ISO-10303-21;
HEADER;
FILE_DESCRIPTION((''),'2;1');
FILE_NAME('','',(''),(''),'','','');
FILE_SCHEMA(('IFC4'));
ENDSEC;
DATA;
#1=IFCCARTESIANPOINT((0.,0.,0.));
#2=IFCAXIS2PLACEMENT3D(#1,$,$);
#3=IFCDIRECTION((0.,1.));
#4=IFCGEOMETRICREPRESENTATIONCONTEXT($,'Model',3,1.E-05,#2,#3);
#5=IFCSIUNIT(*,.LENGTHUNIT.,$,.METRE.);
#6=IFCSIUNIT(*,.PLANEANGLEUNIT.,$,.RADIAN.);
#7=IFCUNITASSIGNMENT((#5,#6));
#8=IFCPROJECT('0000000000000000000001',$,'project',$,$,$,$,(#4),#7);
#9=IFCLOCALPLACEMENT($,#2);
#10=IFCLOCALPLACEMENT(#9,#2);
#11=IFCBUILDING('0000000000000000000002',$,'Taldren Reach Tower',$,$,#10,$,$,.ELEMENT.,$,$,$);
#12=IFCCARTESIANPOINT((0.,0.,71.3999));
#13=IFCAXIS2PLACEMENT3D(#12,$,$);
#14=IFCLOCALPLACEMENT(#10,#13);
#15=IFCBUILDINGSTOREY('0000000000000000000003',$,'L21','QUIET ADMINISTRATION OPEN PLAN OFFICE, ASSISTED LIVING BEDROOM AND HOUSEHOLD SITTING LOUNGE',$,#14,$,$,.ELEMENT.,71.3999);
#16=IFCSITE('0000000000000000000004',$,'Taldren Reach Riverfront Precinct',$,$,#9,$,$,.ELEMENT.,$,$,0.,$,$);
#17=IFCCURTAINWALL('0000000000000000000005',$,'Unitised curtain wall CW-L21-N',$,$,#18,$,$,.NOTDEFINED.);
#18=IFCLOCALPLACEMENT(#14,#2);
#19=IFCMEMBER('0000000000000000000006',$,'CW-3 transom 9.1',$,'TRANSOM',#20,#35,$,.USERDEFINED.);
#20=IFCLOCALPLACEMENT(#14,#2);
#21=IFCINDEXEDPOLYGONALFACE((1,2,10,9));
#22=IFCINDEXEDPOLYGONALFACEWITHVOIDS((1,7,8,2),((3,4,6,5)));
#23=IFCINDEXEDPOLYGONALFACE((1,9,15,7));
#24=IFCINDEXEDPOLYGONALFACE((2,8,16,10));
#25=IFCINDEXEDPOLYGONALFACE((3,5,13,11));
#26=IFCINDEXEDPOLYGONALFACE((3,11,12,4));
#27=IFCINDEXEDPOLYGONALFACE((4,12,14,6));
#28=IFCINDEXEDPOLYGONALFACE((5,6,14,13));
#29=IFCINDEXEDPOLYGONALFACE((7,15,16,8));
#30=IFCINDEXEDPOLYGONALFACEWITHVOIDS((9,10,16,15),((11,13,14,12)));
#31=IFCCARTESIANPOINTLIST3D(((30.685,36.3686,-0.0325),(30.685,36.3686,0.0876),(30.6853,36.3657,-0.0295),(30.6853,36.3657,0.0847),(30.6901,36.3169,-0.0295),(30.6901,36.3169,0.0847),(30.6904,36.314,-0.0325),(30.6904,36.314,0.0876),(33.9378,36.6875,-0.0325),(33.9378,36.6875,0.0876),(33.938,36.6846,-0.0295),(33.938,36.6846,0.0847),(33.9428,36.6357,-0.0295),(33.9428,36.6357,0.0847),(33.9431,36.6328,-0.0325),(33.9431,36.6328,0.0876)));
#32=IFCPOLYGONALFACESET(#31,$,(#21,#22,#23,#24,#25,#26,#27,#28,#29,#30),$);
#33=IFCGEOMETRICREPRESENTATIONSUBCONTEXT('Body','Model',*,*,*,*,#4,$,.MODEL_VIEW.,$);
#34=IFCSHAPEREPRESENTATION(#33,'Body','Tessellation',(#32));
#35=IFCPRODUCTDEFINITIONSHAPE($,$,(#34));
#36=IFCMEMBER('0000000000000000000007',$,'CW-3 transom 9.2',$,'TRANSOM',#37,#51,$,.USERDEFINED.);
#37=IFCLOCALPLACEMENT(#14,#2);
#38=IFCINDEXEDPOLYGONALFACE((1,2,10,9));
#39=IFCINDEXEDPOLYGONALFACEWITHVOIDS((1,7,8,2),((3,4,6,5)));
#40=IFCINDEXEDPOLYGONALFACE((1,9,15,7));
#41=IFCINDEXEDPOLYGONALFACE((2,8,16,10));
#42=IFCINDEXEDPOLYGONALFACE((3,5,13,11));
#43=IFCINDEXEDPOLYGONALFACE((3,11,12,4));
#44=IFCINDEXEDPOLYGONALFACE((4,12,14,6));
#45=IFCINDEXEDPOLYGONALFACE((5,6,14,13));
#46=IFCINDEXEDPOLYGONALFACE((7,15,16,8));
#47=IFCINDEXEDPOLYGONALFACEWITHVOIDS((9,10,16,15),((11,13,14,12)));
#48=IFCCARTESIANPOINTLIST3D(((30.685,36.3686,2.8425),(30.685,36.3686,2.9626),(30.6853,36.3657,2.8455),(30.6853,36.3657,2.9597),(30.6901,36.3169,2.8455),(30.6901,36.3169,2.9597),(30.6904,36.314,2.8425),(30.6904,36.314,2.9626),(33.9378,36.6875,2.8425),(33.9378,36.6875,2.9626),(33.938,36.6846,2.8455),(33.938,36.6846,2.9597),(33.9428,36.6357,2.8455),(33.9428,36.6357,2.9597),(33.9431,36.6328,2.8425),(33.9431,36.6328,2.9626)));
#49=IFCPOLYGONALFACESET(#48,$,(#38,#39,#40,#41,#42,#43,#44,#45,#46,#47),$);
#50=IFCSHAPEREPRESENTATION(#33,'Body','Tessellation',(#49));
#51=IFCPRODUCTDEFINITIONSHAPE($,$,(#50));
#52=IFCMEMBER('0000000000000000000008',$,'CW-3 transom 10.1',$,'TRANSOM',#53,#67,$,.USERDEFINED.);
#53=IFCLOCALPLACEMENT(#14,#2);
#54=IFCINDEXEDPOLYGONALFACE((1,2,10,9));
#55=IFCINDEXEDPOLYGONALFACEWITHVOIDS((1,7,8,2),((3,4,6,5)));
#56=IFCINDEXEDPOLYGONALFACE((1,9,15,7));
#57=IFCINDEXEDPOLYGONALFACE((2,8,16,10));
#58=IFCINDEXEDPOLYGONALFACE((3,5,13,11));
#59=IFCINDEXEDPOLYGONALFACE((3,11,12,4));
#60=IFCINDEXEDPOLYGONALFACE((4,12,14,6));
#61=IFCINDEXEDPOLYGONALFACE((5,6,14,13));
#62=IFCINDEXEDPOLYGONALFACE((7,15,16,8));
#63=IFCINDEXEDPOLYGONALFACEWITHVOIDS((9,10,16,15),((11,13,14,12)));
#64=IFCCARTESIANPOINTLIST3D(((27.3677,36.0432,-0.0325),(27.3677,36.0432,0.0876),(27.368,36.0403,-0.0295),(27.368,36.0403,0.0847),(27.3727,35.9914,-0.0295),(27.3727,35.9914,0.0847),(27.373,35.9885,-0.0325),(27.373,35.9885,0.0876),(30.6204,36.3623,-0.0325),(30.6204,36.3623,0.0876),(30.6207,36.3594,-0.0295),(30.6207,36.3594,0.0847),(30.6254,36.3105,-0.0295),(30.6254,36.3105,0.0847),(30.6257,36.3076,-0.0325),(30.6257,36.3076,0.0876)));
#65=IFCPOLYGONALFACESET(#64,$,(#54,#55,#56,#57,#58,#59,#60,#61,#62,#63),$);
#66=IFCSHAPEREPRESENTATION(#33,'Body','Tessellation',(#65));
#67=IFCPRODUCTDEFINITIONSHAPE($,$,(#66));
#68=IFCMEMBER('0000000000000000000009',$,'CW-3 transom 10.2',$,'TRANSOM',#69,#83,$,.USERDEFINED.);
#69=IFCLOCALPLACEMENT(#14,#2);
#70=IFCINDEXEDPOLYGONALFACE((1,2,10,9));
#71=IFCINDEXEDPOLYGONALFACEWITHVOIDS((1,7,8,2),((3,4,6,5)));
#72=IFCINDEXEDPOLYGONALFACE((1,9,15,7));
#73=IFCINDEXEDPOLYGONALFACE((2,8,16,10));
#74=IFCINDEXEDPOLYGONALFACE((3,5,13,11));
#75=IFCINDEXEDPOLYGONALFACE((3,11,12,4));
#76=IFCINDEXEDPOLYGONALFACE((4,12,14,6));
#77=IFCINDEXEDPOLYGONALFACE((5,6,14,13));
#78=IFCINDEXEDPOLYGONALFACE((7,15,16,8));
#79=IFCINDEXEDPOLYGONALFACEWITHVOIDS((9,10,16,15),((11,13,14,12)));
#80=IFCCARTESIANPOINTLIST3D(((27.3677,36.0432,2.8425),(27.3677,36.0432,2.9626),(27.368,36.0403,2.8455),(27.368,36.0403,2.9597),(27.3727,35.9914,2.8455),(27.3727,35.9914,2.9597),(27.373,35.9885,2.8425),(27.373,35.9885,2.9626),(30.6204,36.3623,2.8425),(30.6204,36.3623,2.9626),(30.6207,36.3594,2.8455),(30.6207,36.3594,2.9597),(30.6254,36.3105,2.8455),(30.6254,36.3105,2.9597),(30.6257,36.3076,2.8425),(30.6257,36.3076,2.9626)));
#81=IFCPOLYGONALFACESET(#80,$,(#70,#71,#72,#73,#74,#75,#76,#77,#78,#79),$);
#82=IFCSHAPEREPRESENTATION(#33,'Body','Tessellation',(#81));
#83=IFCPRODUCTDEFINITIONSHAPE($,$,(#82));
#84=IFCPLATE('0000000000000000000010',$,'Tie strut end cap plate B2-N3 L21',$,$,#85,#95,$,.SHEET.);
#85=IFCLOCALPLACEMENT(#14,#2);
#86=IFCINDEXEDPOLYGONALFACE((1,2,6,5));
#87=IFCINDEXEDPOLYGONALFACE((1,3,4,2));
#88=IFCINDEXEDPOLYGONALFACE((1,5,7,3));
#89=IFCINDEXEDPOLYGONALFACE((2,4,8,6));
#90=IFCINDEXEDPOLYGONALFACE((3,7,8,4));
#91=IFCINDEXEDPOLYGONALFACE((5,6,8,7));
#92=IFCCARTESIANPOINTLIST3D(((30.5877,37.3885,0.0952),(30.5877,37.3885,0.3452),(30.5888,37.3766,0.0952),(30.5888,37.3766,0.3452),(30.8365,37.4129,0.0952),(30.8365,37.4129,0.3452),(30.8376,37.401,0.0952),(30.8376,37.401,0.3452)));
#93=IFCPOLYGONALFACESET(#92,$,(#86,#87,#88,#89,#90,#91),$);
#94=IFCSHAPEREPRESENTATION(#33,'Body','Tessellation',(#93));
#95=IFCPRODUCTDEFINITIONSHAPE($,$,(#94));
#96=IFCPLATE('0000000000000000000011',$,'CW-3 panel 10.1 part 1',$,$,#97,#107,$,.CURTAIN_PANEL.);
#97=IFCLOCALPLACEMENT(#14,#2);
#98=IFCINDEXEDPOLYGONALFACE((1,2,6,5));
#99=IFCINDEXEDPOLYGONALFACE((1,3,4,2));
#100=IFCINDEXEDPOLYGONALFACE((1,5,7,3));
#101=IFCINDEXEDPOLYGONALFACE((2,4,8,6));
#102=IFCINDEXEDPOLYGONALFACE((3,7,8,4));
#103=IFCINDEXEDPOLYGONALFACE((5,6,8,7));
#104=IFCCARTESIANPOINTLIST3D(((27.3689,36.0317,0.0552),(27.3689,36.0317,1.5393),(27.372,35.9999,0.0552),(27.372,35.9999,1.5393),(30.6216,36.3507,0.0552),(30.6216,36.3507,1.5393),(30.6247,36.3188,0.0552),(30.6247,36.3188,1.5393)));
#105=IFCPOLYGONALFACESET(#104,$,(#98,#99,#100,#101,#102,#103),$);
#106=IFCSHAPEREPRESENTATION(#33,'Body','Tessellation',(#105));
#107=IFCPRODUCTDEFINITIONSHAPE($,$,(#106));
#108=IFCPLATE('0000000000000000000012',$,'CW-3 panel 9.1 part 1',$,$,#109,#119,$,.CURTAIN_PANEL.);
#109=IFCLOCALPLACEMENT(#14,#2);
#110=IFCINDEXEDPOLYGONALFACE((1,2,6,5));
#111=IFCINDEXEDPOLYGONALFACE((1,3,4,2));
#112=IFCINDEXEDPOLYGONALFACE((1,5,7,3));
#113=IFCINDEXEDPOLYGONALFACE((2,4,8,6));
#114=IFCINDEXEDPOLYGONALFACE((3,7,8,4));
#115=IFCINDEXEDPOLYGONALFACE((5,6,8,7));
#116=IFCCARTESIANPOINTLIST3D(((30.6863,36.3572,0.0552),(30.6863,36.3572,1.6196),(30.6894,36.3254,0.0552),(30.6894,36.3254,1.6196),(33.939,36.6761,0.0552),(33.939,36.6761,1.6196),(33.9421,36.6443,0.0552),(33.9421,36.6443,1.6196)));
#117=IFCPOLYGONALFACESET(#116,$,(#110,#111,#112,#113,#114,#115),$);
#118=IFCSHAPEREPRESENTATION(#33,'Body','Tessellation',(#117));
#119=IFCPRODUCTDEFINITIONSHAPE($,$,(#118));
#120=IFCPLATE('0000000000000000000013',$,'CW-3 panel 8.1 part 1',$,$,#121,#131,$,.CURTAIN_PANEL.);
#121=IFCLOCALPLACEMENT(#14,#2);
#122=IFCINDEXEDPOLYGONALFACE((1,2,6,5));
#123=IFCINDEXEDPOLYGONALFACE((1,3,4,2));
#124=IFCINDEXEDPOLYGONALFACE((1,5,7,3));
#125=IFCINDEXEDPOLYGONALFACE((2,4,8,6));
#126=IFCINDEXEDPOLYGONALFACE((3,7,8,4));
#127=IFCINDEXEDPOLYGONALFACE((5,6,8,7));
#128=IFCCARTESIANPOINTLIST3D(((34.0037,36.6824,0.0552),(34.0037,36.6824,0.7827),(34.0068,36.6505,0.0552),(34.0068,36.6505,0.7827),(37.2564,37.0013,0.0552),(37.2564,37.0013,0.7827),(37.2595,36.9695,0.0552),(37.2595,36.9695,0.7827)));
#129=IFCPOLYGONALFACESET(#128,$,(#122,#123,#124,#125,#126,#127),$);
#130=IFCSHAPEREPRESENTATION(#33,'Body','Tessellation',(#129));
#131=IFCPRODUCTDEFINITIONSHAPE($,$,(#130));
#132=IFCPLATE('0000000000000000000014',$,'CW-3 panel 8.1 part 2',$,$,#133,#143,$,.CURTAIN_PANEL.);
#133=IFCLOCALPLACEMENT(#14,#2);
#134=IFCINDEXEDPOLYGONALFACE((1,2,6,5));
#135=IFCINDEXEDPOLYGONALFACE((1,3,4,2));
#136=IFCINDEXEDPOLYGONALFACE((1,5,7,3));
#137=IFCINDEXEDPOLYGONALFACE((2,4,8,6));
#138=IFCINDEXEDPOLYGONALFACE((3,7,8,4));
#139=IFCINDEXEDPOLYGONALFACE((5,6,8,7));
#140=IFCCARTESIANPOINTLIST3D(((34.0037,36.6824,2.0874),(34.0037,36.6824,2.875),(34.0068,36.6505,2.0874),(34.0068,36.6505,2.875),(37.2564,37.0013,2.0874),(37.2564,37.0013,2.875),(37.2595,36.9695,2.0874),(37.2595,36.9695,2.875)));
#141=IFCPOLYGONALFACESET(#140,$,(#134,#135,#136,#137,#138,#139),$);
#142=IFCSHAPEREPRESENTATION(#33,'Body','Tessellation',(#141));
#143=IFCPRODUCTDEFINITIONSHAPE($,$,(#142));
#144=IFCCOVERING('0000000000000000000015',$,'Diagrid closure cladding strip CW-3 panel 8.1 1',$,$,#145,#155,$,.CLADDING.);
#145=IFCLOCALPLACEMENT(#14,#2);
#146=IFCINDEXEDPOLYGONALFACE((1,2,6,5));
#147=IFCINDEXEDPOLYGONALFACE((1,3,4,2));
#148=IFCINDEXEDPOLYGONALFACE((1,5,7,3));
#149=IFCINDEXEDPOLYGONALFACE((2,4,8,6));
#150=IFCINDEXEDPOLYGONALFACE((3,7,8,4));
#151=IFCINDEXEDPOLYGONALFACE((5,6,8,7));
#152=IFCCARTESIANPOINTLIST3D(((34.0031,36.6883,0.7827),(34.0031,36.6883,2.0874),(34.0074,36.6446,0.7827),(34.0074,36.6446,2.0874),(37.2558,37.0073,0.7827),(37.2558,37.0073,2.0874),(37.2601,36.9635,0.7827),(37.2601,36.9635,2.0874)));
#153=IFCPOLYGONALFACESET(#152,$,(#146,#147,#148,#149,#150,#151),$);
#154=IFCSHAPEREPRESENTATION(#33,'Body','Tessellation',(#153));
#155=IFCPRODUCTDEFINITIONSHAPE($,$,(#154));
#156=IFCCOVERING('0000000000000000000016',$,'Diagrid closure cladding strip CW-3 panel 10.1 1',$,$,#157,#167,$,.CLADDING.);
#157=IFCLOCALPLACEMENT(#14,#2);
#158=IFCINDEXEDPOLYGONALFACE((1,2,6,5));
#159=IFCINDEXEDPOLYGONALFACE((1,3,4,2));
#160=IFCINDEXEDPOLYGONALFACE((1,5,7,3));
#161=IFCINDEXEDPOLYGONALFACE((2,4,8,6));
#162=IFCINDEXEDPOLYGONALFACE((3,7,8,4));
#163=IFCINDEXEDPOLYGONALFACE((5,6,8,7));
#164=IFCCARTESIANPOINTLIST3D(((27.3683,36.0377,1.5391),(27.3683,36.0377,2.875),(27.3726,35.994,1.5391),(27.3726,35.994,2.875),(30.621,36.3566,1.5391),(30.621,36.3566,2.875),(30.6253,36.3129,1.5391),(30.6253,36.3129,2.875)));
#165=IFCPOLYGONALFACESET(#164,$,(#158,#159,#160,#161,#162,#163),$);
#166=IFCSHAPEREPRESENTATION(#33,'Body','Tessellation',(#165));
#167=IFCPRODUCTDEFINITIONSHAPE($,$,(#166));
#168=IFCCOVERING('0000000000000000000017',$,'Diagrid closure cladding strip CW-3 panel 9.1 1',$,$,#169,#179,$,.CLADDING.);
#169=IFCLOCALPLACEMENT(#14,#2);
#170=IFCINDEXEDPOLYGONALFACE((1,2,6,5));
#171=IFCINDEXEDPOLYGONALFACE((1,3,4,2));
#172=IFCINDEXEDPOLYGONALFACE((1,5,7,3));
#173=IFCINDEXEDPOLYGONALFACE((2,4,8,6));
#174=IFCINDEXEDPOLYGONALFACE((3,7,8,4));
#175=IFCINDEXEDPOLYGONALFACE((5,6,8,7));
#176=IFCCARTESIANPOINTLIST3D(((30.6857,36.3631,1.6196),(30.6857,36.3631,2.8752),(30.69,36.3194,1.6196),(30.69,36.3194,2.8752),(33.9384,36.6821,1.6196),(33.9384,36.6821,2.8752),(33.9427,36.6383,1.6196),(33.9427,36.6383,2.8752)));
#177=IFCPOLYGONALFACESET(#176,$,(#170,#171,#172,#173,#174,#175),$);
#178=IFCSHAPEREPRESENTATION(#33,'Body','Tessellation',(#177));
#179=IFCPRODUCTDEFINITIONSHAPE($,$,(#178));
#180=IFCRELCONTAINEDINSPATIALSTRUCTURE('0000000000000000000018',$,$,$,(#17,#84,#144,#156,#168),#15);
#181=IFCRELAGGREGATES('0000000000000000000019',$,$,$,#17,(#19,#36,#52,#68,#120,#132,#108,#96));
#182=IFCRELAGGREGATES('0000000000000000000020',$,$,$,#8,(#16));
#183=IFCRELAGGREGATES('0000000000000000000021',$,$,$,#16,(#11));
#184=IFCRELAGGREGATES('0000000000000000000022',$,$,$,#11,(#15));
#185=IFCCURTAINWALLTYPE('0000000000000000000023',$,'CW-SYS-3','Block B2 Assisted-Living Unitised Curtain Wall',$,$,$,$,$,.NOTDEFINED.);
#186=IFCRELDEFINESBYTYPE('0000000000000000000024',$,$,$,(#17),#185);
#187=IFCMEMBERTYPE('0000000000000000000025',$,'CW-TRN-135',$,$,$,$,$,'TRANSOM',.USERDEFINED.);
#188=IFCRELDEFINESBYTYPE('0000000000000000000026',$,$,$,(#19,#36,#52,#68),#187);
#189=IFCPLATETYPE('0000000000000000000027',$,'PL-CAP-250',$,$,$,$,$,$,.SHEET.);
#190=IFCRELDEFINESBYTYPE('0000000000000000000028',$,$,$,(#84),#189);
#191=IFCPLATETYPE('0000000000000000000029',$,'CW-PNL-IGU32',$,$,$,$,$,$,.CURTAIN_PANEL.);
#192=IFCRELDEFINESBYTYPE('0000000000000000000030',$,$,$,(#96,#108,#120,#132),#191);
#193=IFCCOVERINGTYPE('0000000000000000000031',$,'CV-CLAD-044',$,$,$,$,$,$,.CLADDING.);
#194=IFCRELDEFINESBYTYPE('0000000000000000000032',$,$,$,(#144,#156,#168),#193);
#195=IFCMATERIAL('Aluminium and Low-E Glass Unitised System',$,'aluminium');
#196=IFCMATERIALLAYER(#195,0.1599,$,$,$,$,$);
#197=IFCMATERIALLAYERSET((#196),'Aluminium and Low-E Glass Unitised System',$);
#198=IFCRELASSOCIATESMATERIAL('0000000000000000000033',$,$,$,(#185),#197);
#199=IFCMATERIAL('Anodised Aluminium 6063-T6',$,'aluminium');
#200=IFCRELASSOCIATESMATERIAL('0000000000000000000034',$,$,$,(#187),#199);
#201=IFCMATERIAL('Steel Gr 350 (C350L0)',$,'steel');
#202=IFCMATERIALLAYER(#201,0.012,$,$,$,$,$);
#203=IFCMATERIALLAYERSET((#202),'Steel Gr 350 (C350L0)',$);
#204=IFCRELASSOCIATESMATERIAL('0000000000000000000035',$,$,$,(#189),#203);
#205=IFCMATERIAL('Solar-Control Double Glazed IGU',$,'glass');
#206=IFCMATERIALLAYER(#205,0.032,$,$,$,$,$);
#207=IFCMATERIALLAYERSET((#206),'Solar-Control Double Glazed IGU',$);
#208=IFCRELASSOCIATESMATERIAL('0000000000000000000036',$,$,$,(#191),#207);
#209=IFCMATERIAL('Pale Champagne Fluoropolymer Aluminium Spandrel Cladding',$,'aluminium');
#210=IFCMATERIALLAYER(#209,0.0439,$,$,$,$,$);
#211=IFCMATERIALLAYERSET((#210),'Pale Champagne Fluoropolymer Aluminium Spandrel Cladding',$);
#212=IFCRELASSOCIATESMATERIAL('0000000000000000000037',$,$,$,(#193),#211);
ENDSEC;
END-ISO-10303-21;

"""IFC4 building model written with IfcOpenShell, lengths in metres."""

from ifc_helpers import new_model, si_unit, direction, frame, origin, origin_2d, place, context, subcontext, project, spatial, rectangle, hollow_rectangle, extrude, source, transform, mapped, material, layer, layer_set, material_profile, profile_set, type_object, element, aggregate, save


model = new_model("IFC4")

# Units and contexts
model_context = context("Model", 3, precision=1e-05, world=origin(), true_north=direction((0.0, 1.0)))
body_context = subcontext(model_context, "Body", "Model", "MODEL_VIEW")
ifc_project = project(units=[si_unit("LENGTHUNIT", "METRE"), si_unit("PLANEANGLEUNIT", "RADIAN")], contexts=[model_context])

# Site, building, storey
site_placement = place(None, origin())
site = spatial("IfcSite", under=ifc_project, at=site_placement, Name="Taldren Reach Riverfront Precinct", CompositionType="ELEMENT", RefElevation=0.0)
building_placement = place(site_placement, origin())
building = spatial("IfcBuilding", under=site, at=building_placement, Name="Taldren Reach Tower", CompositionType="ELEMENT")
storey_placement = place(building_placement, frame((0.0, 0.0, 71.3999)))
storey = spatial("IfcBuildingStorey", under=building, at=storey_placement, Name="L21", Description="QUIET ADMINISTRATION OPEN PLAN OFFICE, ASSISTED LIVING BEDROOM AND HOUSEHOLD SITTING LOUNGE", CompositionType="ELEMENT", Elevation=71.3999)

# Shared definitions
ifc_material_1 = material(Name="Steel Gr 350 (C350L0)", Category="steel")

# Curtain wall, members
ifc_material_2 = material(Name="Aluminium and Low-E Glass Unitised System", Category="aluminium")
ifc_layer_1 = layer(ifc_material_2, 0.1599)
ifc_layer_set_1 = layer_set([ifc_layer_1], Name="Aluminium and Low-E Glass Unitised System")
curtain_wall_type = type_object("IfcCurtainWallType", Name="CW-SYS-3", Description="Block B2 Assisted-Living Unitised Curtain Wall", PredefinedType="NOTDEFINED", material=ifc_layer_set_1)
curtain_wall_placement = place(storey_placement, origin())
curtain_wall = element("IfcCurtainWall", 1, at=curtain_wall_placement, inside=storey, type_object=curtain_wall_type, Name="Unitised curtain wall CW-L21-N", PredefinedType="NOTDEFINED")
ifc_material_3 = material(Name="Anodised Aluminium 6063-T6", Category="aluminium")
ifc_material_profile_1 = material_profile(ifc_material_3, hollow_rectangle(XDim=0.0549, YDim=0.1201, WallThickness=0.0029, at=origin_2d()), Name="ALU-120x55x3RHS")
ifc_profile_set_1 = profile_set([ifc_material_profile_1], Name="Anodised Aluminium 6063-T6")
member_type_1 = type_object("IfcMemberType", Name="CW-TRN-135", ElementType="TRANSOM", PredefinedType="USERDEFINED", material=ifc_profile_set_1)
shared_shape_1 = source(origin(), body_context, "Body", "SweptSolid", [
    extrude(hollow_rectangle(XDim=0.0549, YDim=0.1201, WallThickness=0.0029, at=origin_2d()), origin(), (0.0, 0.0, 1.0), 3.2683),
])
member_1_placement = place(storey_placement, frame((33.9404, 36.6602, 0.0276), z_axis=(-0.99523, -0.097558, 0.0), x_axis=(0.097558, -0.99523, 0.0)))
member_1 = element("IfcMember", 2, at=member_1_placement, type_object=member_type_1, Name="CW-3 transom 9.1", ObjectType="TRANSOM", PredefinedType="USERDEFINED", context=body_context, shape_type="MappedRepresentation", body=[
    mapped(shared_shape_1, transform((0.0, 0.0, 0.0), scale=1.0)),
])
member_2_placement = place(storey_placement, frame((33.9404, 36.6602, 2.9026), z_axis=(-0.99523, -0.097558, 0.0), x_axis=(0.097558, -0.99523, 0.0)))
member_2 = element("IfcMember", 3, at=member_2_placement, type_object=member_type_1, Name="CW-3 transom 9.2", ObjectType="TRANSOM", PredefinedType="USERDEFINED", context=body_context, shape_type="MappedRepresentation", body=[
    mapped(shared_shape_1, transform((0.0, 0.0, 0.0), scale=1.0)),
])
member_3_placement = place(storey_placement, frame((30.623, 36.335, 0.0276), z_axis=(-0.995223, -0.097632, 0.0), x_axis=(0.097632, -0.995223, 0.0)))
member_3 = element("IfcMember", 4, at=member_3_placement, type_object=member_type_1, Name="CW-3 transom 10.1", ObjectType="TRANSOM", PredefinedType="USERDEFINED", context=body_context, shape_type="MappedRepresentation", body=[
    mapped(shared_shape_1, transform((0.0, 0.0, 0.0), scale=1.0)),
])
member_4_placement = place(storey_placement, frame((30.623, 36.335, 2.9026), z_axis=(-0.995223, -0.097632, 0.0), x_axis=(0.097632, -0.995223, 0.0)))
member_4 = element("IfcMember", 5, at=member_4_placement, type_object=member_type_1, Name="CW-3 transom 10.2", ObjectType="TRANSOM", PredefinedType="USERDEFINED", context=body_context, shape_type="MappedRepresentation", body=[
    mapped(shared_shape_1, transform((0.0, 0.0, 0.0), scale=1.0)),
])

# Plates
ifc_layer_2 = layer(ifc_material_1, 0.012)
ifc_layer_set_2 = layer_set([ifc_layer_2], Name="Steel Gr 350 (C350L0)")
plate_type_1 = type_object("IfcPlateType", Name="PL-CAP-250", PredefinedType="SHEET", material=ifc_layer_set_2)
shared_shape_2 = source(origin(), body_context, "Body", "SweptSolid", [
    extrude(rectangle(XDim=0.25, YDim=0.012, at=origin_2d()), origin(), (0.0, 0.0, 1.0), 0.25),
])
plate_1_placement = place(storey_placement, frame((30.7126, 37.3948, 0.0952), z_axis=(0.0, 0.0, 1.0), x_axis=(0.995227, 0.097583, 0.0)))
element("IfcPlate", 6, at=plate_1_placement, inside=storey, type_object=plate_type_1, Name="Tie strut end cap plate B2-N3 L21", PredefinedType="SHEET", context=body_context, shape_type="MappedRepresentation", body=[
    mapped(shared_shape_2, transform((0.0, 0.0, 0.0), scale=1.0)),
])
ifc_material_4 = material(Name="Solar-Control Double Glazed IGU", Category="glass")
ifc_layer_3 = layer(ifc_material_4, 0.032)
ifc_layer_set_3 = layer_set([ifc_layer_3], Name="Solar-Control Double Glazed IGU")
plate_type_2 = type_object("IfcPlateType", Name="CW-PNL-IGU32", PredefinedType="CURTAIN_PANEL", material=ifc_layer_set_3)
shared_shape_3 = source(origin(), body_context, "Body", "SweptSolid", [
    extrude(rectangle(XDim=3.2683, YDim=0.032, at=origin_2d()), origin(), (0.0, 0.0, 1.0), 1.4841),
])
plate_2_placement = place(storey_placement, frame((28.9968, 36.1753, 0.0552), z_axis=(0.0, 0.0, 1.0), x_axis=(-0.995227, -0.097583, 0.0)))
plate_2 = element("IfcPlate", 7, at=plate_2_placement, type_object=plate_type_2, Name="CW-3 panel 10.1 part 1", PredefinedType="CURTAIN_PANEL", context=body_context, shape_type="MappedRepresentation", body=[
    mapped(shared_shape_3, transform((0.0, 0.0, 0.0), scale=1.0)),
])
shared_shape_4 = source(origin(), body_context, "Body", "SweptSolid", [
    extrude(rectangle(XDim=3.2683, YDim=0.032, at=origin_2d()), origin(), (0.0, 0.0, 1.0), 1.5645),
])
plate_3_placement = place(storey_placement, frame((32.3142, 36.5007, 0.0552), z_axis=(0.0, 0.0, 1.0), x_axis=(-0.995227, -0.097583, 0.0)))
plate_3 = element("IfcPlate", 8, at=plate_3_placement, type_object=plate_type_2, Name="CW-3 panel 9.1 part 1", PredefinedType="CURTAIN_PANEL", context=body_context, shape_type="MappedRepresentation", body=[
    mapped(shared_shape_4, transform((0.0, 0.0, 0.0), scale=1.0)),
])
shared_shape_5 = source(origin(), body_context, "Body", "SweptSolid", [
    extrude(rectangle(XDim=3.2683, YDim=0.032, at=origin_2d()), origin(), (0.0, 0.0, 1.0), 0.7275),
])
plate_4_placement = place(storey_placement, frame((35.6316, 36.8259, 0.0552), z_axis=(0.0, 0.0, 1.0), x_axis=(-0.995227, -0.097583, 0.0)))
plate_4 = element("IfcPlate", 9, at=plate_4_placement, type_object=plate_type_2, Name="CW-3 panel 8.1 part 1", PredefinedType="CURTAIN_PANEL", context=body_context, shape_type="MappedRepresentation", body=[
    mapped(shared_shape_5, transform((0.0, 0.0, 0.0), scale=1.0)),
])
shared_shape_6 = source(origin(), body_context, "Body", "SweptSolid", [
    extrude(rectangle(XDim=3.2683, YDim=0.032, at=origin_2d()), origin(), (0.0, 0.0, 1.0), 0.7876),
])
plate_5_placement = place(storey_placement, frame((35.6316, 36.8259, 2.0874), z_axis=(0.0, 0.0, 1.0), x_axis=(-0.995227, -0.097583, 0.0)))
plate_5 = element("IfcPlate", 10, at=plate_5_placement, type_object=plate_type_2, Name="CW-3 panel 8.1 part 2", PredefinedType="CURTAIN_PANEL", context=body_context, shape_type="MappedRepresentation", body=[
    mapped(shared_shape_6, transform((0.0, 0.0, 0.0), scale=1.0)),
])
aggregate(curtain_wall, [member_1, member_2, member_3, member_4, plate_4, plate_5, plate_3, plate_2])

# Coverings
ifc_material_5 = material(Name="Pale Champagne Fluoropolymer Aluminium Spandrel Cladding", Category="aluminium")
ifc_layer_4 = layer(ifc_material_5, 0.0439)
ifc_layer_set_4 = layer_set([ifc_layer_4], Name="Pale Champagne Fluoropolymer Aluminium Spandrel Cladding")
covering_type = type_object("IfcCoveringType", Name="CV-CLAD-044", PredefinedType="CLADDING", material=ifc_layer_set_4)
shared_shape_7 = source(origin(), body_context, "Body", "SweptSolid", [
    extrude(rectangle(XDim=3.2683, YDim=0.0439, at=origin_2d()), origin(), (0.0, 0.0, 1.0), 1.3047),
])
covering_1_placement = place(storey_placement, frame((35.6316, 36.8259, 0.7827), z_axis=(0.0, 0.0, 1.0), x_axis=(-0.995227, -0.097583, 0.0)))
element("IfcCovering", 11, at=covering_1_placement, inside=storey, type_object=covering_type, Name="Diagrid closure cladding strip CW-3 panel 8.1 1", PredefinedType="CLADDING", context=body_context, shape_type="MappedRepresentation", body=[
    mapped(shared_shape_7, transform((0.0, 0.0, 0.0), scale=1.0)),
])
shared_shape_8 = source(origin(), body_context, "Body", "SweptSolid", [
    extrude(rectangle(XDim=3.2683, YDim=0.0439, at=origin_2d()), origin(), (0.0, 0.0, 1.0), 1.3359),
])
covering_2_placement = place(storey_placement, frame((28.9968, 36.1753, 1.5391), z_axis=(0.0, 0.0, 1.0), x_axis=(-0.995227, -0.097583, 0.0)))
element("IfcCovering", 12, at=covering_2_placement, inside=storey, type_object=covering_type, Name="Diagrid closure cladding strip CW-3 panel 10.1 1", PredefinedType="CLADDING", context=body_context, shape_type="MappedRepresentation", body=[
    mapped(shared_shape_8, transform((0.0, 0.0, 0.0), scale=1.0)),
])
shared_shape_9 = source(origin(), body_context, "Body", "SweptSolid", [
    extrude(rectangle(XDim=3.2683, YDim=0.0439, at=origin_2d()), origin(), (0.0, 0.0, 1.0), 1.2556),
])
covering_3_placement = place(storey_placement, frame((32.3142, 36.5007, 1.6196), z_axis=(0.0, 0.0, 1.0), x_axis=(-0.995227, -0.097583, 0.0)))
element("IfcCovering", 13, at=covering_3_placement, inside=storey, type_object=covering_type, Name="Diagrid closure cladding strip CW-3 panel 9.1 1", PredefinedType="CLADDING", context=body_context, shape_type="MappedRepresentation", body=[
    mapped(shared_shape_9, transform((0.0, 0.0, 0.0), scale=1.0)),
])

save(model, "model.ifc")
